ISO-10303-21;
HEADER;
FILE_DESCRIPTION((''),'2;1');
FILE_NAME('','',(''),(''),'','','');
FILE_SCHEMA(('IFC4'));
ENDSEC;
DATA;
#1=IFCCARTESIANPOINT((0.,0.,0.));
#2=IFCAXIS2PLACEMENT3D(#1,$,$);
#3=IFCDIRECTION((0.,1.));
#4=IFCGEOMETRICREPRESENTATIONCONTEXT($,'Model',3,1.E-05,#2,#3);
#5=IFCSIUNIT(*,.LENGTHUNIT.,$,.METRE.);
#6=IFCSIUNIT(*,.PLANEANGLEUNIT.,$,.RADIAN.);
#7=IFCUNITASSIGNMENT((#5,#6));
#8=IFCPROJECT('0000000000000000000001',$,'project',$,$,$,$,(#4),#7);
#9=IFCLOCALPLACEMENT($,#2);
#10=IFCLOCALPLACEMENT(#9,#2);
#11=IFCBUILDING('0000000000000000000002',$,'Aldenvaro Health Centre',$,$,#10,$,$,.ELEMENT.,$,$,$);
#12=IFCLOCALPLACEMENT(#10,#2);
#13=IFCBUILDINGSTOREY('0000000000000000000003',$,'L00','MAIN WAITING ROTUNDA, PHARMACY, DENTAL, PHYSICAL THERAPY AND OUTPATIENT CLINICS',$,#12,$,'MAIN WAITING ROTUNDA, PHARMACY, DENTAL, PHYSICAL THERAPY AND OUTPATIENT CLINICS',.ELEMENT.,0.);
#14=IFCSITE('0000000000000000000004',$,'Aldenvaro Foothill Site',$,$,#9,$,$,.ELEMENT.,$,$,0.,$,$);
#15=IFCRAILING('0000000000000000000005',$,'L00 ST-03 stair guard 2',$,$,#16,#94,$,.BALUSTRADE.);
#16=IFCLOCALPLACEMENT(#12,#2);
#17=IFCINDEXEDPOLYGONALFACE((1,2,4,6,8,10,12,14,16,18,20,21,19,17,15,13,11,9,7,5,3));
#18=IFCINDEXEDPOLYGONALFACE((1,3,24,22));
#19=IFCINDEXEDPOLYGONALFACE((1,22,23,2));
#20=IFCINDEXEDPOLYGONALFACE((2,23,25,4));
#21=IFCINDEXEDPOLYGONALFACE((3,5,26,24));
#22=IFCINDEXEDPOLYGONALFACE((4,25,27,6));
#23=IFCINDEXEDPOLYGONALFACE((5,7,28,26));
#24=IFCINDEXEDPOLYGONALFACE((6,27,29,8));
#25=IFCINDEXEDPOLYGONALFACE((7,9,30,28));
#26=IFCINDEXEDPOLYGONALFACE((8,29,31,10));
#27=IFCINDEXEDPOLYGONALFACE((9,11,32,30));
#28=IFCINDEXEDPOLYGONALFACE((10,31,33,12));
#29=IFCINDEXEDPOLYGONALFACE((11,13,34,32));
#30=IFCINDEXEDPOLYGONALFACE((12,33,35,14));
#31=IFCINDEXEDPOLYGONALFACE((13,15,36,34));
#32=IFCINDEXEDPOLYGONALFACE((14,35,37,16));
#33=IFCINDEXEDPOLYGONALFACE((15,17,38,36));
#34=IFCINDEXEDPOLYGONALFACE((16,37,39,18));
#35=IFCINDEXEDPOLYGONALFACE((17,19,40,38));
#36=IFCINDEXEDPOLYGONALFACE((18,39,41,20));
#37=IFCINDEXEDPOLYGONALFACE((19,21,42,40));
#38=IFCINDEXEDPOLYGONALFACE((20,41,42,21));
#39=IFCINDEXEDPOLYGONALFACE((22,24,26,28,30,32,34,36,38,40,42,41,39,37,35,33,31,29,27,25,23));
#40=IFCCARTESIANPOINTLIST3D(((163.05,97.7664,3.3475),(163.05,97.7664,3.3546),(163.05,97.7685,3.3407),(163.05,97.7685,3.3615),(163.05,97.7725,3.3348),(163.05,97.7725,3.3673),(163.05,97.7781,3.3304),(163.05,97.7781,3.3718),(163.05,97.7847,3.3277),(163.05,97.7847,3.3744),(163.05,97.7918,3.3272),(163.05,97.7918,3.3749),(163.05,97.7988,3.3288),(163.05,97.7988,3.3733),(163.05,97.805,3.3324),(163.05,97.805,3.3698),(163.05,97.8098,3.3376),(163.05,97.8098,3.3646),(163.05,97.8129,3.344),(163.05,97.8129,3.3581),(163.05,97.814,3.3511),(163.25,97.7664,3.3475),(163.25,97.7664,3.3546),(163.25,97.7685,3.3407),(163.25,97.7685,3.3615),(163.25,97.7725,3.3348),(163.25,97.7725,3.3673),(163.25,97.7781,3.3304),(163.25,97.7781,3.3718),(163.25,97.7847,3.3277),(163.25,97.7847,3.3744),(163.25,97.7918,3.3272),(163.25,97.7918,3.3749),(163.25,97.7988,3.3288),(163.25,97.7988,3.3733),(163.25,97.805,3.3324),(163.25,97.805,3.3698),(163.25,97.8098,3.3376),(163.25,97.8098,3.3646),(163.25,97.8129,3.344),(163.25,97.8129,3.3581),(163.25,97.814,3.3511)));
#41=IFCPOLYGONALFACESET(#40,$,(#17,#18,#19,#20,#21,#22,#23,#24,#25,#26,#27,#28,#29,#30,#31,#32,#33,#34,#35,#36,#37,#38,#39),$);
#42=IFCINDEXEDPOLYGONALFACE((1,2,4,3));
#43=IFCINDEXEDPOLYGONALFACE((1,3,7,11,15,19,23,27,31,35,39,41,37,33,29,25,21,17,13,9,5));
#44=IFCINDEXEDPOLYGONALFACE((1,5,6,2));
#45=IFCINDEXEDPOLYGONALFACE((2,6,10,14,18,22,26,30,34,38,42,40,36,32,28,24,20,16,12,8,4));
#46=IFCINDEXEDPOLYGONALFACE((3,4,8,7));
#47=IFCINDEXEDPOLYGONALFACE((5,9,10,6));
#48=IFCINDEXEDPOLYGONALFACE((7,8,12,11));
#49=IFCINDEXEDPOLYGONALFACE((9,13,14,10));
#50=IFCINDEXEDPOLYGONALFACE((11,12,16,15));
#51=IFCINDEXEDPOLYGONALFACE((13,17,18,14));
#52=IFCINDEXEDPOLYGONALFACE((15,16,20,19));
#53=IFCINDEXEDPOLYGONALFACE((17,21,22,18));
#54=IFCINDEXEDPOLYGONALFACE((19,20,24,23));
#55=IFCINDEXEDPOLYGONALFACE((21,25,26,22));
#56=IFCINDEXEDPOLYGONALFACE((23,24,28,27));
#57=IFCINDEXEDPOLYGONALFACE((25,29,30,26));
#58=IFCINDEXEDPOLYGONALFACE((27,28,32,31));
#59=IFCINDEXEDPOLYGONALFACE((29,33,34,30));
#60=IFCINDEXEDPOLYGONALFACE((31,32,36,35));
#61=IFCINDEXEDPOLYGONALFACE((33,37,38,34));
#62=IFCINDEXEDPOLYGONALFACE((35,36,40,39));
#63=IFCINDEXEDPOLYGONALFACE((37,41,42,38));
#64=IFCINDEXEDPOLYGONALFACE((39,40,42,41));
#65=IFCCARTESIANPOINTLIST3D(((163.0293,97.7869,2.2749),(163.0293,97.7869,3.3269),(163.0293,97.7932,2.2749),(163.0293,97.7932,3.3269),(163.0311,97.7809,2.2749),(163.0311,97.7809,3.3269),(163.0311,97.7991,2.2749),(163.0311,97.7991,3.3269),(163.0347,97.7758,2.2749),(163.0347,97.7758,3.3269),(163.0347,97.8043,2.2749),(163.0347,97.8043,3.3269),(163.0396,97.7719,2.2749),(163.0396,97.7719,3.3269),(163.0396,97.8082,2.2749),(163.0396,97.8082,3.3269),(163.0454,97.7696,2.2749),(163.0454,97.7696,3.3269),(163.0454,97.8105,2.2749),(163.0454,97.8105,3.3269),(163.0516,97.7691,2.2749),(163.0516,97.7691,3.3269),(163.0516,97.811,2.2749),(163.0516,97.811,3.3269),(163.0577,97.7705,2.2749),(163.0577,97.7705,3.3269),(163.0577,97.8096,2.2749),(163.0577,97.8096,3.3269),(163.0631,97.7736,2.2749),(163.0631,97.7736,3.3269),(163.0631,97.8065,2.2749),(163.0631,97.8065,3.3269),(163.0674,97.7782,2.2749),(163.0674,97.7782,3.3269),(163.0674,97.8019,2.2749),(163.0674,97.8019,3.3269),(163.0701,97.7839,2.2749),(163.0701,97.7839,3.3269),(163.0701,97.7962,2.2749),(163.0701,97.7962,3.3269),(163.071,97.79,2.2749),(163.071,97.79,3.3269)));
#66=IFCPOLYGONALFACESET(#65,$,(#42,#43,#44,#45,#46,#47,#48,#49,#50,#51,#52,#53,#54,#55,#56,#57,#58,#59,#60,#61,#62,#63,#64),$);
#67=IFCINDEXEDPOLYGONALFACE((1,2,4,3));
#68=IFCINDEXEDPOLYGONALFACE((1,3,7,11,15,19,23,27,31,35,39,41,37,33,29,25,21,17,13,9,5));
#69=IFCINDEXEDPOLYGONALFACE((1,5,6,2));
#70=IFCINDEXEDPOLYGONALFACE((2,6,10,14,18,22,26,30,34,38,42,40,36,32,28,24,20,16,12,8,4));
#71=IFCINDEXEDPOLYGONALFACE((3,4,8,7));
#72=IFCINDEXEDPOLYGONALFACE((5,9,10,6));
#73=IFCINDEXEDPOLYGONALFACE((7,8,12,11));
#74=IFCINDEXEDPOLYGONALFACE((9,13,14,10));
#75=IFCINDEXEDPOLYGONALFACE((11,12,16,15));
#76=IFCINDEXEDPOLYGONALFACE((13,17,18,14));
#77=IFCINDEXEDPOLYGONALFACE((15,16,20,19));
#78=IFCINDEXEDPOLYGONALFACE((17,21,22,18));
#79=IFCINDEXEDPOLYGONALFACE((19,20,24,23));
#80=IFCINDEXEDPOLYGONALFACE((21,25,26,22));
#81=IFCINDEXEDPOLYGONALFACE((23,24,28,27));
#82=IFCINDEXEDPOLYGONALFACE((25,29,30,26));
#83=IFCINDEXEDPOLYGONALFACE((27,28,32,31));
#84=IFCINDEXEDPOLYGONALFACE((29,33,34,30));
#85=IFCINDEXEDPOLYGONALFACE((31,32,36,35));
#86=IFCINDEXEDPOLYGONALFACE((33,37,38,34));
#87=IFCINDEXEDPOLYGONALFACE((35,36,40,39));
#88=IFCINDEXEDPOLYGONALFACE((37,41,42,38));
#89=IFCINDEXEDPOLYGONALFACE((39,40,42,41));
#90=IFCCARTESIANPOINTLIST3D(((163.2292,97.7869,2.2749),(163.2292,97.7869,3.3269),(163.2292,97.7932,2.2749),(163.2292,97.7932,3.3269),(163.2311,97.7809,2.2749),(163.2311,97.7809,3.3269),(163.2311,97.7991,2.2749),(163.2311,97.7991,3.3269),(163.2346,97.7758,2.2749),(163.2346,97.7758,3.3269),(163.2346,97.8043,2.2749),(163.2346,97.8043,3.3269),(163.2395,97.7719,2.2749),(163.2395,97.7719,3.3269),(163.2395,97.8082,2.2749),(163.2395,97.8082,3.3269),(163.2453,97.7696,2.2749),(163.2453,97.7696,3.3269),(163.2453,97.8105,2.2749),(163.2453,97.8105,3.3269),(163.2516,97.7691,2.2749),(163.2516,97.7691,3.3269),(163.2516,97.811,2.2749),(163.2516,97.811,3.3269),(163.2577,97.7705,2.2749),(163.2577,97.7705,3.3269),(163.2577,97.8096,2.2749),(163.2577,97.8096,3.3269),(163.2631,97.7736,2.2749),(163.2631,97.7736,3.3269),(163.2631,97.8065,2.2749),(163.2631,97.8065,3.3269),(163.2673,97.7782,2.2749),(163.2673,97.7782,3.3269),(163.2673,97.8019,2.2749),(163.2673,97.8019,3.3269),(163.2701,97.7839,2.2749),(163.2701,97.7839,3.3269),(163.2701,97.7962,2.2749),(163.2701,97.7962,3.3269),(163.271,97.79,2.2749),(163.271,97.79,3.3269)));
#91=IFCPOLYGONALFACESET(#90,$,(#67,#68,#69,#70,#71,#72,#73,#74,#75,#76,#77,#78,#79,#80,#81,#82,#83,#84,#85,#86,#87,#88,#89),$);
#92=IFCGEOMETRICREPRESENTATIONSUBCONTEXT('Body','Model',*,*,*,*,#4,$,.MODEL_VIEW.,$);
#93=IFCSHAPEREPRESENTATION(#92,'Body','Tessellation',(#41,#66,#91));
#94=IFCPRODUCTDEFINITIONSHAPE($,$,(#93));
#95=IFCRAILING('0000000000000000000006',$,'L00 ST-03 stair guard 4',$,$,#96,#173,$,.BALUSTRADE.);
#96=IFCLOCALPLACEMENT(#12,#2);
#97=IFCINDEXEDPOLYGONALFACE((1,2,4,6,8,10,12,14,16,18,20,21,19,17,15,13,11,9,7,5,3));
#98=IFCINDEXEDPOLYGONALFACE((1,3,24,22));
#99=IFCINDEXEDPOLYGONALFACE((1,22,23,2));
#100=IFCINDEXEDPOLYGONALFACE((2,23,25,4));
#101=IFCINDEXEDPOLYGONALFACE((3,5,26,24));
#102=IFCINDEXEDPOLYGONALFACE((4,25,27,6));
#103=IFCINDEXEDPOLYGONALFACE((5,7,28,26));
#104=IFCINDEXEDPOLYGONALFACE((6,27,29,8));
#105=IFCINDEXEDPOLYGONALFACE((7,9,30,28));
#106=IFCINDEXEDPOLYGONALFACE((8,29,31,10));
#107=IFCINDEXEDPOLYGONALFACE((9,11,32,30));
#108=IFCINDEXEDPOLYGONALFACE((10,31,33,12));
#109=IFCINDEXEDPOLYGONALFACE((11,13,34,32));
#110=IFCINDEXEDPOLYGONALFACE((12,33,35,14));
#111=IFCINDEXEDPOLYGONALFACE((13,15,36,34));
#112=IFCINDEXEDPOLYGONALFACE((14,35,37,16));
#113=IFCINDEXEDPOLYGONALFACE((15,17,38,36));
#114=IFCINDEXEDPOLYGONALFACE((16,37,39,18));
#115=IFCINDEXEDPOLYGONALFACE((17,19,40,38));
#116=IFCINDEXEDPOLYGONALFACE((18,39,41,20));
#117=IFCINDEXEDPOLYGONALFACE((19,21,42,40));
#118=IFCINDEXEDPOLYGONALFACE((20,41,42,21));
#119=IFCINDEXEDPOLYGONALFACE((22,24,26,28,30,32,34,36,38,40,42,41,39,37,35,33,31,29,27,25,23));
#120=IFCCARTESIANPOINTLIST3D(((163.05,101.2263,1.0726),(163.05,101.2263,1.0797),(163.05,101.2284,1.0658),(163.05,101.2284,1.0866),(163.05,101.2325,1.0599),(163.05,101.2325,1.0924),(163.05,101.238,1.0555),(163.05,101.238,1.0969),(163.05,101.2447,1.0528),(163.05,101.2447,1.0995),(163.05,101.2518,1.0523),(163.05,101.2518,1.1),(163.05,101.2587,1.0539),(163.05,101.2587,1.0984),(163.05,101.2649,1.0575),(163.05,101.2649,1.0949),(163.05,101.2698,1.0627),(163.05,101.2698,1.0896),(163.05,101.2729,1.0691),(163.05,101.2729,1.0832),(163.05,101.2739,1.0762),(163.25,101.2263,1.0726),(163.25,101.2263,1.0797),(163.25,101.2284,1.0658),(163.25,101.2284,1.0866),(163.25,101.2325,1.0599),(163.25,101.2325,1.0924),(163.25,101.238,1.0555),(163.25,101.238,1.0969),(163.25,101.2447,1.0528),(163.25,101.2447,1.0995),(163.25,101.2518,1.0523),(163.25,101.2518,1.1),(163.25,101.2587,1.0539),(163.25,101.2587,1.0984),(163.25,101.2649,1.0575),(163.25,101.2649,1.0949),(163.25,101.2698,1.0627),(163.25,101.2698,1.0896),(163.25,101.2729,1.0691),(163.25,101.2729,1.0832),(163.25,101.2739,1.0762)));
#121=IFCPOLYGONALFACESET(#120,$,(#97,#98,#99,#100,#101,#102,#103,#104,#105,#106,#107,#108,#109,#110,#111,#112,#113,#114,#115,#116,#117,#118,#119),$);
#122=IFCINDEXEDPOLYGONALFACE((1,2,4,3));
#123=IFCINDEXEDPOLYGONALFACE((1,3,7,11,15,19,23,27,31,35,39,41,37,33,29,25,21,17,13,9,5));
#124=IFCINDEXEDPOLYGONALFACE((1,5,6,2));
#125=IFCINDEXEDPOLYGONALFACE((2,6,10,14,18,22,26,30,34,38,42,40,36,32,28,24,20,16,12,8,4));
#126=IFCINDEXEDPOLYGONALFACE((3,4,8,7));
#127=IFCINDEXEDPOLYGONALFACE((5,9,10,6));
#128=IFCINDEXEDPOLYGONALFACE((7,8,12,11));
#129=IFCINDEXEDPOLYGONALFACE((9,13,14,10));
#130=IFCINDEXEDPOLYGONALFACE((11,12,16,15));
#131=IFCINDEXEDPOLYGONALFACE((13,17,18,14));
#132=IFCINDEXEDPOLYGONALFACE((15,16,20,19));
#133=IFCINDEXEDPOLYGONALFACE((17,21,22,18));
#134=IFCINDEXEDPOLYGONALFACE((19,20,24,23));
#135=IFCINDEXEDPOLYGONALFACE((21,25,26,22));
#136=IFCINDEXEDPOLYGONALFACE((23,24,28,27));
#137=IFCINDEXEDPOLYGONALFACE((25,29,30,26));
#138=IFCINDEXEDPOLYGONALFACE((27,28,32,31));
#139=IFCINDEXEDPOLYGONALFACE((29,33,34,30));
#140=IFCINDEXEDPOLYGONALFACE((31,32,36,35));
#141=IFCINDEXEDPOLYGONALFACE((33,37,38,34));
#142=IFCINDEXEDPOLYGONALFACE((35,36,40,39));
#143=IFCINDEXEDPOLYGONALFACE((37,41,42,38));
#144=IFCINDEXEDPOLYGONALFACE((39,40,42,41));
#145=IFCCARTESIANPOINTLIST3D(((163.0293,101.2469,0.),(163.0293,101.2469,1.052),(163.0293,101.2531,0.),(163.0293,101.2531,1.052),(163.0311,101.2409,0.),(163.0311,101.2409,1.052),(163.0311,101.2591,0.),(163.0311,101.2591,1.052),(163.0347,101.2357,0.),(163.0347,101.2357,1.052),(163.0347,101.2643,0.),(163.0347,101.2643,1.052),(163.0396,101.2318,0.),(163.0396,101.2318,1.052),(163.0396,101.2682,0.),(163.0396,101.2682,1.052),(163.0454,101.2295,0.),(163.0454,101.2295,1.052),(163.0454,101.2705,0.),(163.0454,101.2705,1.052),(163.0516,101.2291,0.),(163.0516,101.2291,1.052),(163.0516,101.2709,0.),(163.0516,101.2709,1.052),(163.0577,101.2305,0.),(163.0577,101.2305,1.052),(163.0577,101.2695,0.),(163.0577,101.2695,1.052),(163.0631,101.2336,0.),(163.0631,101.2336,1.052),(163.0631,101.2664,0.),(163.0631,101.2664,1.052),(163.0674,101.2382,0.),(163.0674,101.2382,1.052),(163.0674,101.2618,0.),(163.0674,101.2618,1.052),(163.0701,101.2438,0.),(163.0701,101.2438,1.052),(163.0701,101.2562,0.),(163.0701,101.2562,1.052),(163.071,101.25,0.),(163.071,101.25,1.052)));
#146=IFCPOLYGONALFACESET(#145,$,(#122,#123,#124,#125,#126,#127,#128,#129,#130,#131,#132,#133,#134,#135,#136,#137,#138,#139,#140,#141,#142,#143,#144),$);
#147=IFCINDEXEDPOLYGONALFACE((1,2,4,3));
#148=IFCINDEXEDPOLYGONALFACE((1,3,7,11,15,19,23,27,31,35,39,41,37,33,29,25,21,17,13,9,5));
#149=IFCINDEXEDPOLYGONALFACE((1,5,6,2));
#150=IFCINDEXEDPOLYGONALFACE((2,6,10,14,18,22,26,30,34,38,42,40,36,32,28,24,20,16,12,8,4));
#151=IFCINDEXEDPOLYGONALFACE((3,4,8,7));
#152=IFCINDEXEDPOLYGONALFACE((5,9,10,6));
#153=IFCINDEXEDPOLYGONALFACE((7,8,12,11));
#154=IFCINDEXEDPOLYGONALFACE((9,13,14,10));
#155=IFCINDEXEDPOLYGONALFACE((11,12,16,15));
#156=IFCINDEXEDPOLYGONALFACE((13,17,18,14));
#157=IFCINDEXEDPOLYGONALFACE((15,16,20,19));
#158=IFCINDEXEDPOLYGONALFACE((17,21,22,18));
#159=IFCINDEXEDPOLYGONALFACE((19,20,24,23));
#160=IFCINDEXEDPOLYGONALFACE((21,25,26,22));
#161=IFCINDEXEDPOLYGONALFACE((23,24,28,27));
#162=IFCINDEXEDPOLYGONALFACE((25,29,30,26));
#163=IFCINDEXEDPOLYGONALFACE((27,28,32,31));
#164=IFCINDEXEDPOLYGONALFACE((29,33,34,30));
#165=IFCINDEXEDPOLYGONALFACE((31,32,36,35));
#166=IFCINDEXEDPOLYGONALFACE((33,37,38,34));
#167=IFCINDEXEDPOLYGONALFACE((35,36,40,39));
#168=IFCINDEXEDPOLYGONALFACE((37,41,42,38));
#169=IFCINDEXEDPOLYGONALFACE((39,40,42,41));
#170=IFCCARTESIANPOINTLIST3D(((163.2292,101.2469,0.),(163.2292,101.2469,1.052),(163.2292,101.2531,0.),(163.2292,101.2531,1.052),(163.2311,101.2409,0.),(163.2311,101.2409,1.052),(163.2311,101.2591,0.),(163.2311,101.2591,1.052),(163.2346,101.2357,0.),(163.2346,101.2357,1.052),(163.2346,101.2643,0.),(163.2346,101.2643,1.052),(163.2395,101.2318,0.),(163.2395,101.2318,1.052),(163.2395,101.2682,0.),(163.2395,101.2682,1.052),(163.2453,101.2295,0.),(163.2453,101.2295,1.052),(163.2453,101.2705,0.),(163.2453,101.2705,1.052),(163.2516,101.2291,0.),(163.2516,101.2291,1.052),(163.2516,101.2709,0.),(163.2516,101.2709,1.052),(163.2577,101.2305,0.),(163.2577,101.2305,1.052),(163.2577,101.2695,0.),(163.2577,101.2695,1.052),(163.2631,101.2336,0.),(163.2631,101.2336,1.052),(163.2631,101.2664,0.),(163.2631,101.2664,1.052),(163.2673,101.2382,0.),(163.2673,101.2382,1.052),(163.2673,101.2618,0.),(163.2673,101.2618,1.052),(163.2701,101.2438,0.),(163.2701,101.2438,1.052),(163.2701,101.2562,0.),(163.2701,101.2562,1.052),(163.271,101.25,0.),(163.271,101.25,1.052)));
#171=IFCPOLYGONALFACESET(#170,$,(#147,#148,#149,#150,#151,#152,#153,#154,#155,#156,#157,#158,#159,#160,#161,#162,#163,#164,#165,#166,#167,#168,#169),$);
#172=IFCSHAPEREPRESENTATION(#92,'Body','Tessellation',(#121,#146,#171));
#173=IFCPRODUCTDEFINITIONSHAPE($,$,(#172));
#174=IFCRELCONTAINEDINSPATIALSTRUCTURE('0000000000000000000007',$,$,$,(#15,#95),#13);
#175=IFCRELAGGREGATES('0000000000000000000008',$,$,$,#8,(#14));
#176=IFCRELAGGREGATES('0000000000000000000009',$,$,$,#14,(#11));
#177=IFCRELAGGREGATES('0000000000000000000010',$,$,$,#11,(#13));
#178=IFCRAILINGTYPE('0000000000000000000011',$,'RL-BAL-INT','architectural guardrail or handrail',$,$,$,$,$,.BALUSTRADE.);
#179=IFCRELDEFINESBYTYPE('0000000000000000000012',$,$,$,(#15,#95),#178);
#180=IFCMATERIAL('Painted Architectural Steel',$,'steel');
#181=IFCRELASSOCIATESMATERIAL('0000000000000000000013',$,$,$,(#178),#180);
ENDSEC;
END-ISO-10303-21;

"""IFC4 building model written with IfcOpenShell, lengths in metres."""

from ifc_helpers import new_model, si_unit, direction, frame, origin, origin_2d, place, context, subcontext, project, spatial, circle, extrude, material, type_object, element, save


model = new_model("IFC4")

# Units and contexts
model_context = context("Model", 3, precision=1e-05, world=origin(), true_north=direction((0.0, 1.0)))
body_context = subcontext(model_context, "Body", "Model", "MODEL_VIEW")
ifc_project = project(units=[si_unit("LENGTHUNIT", "METRE"), si_unit("PLANEANGLEUNIT", "RADIAN")], contexts=[model_context])

# Site, building, storey
site_placement = place(None, origin())
site = spatial("IfcSite", under=ifc_project, at=site_placement, Name="Aldenvaro Foothill Site", CompositionType="ELEMENT", RefElevation=0.0)
building_placement = place(site_placement, origin())
building = spatial("IfcBuilding", under=site, at=building_placement, Name="Aldenvaro Health Centre", CompositionType="ELEMENT")
storey_placement = place(building_placement, origin())
storey = spatial("IfcBuildingStorey", under=building, at=storey_placement, Name="L00", Description="MAIN WAITING ROTUNDA, PHARMACY, DENTAL, PHYSICAL THERAPY AND OUTPATIENT CLINICS", LongName="MAIN WAITING ROTUNDA, PHARMACY, DENTAL, PHYSICAL THERAPY AND OUTPATIENT CLINICS", CompositionType="ELEMENT", Elevation=0.0)

# Railings
ifc_material_1 = material(Name="Painted Architectural Steel", Category="steel")
railing_type_1 = type_object("IfcRailingType", Name="RL-BAL-INT", Description="architectural guardrail or handrail", PredefinedType="BALUSTRADE", material=ifc_material_1)
for number, where, name in (
    (1, (163.05, 97.79, 2.2749), "L00 ST-03 stair guard 2"),
    (2, (163.05, 101.25, 0.0), "L00 ST-03 stair guard 4"),
):
    element("IfcRailing", number, at=place(storey_placement, frame(where)), inside=storey, type_object=railing_type_1, Name=name, PredefinedType="BALUSTRADE", context=body_context, shape_type="SweptSolid", body=[
        extrude(circle(Radius=0.0239, at=origin_2d()), frame((0.0, 0.0, 1.0762), z_axis=(1.0, 0.0, 0.0), x_axis=(0.0, 1.0, 0.0)), (0.0, 0.0, 1.0), 0.2),
        extrude(circle(Radius=0.021, at=origin_2d()), origin(), (0.0, 0.0, 1.0), 1.052),
        extrude(circle(Radius=0.021, at=origin_2d()), frame((0.2, 0.0, 0.0)), (0.0, 0.0, 1.0), 1.052),
    ])

save(model, "model.ifc")
